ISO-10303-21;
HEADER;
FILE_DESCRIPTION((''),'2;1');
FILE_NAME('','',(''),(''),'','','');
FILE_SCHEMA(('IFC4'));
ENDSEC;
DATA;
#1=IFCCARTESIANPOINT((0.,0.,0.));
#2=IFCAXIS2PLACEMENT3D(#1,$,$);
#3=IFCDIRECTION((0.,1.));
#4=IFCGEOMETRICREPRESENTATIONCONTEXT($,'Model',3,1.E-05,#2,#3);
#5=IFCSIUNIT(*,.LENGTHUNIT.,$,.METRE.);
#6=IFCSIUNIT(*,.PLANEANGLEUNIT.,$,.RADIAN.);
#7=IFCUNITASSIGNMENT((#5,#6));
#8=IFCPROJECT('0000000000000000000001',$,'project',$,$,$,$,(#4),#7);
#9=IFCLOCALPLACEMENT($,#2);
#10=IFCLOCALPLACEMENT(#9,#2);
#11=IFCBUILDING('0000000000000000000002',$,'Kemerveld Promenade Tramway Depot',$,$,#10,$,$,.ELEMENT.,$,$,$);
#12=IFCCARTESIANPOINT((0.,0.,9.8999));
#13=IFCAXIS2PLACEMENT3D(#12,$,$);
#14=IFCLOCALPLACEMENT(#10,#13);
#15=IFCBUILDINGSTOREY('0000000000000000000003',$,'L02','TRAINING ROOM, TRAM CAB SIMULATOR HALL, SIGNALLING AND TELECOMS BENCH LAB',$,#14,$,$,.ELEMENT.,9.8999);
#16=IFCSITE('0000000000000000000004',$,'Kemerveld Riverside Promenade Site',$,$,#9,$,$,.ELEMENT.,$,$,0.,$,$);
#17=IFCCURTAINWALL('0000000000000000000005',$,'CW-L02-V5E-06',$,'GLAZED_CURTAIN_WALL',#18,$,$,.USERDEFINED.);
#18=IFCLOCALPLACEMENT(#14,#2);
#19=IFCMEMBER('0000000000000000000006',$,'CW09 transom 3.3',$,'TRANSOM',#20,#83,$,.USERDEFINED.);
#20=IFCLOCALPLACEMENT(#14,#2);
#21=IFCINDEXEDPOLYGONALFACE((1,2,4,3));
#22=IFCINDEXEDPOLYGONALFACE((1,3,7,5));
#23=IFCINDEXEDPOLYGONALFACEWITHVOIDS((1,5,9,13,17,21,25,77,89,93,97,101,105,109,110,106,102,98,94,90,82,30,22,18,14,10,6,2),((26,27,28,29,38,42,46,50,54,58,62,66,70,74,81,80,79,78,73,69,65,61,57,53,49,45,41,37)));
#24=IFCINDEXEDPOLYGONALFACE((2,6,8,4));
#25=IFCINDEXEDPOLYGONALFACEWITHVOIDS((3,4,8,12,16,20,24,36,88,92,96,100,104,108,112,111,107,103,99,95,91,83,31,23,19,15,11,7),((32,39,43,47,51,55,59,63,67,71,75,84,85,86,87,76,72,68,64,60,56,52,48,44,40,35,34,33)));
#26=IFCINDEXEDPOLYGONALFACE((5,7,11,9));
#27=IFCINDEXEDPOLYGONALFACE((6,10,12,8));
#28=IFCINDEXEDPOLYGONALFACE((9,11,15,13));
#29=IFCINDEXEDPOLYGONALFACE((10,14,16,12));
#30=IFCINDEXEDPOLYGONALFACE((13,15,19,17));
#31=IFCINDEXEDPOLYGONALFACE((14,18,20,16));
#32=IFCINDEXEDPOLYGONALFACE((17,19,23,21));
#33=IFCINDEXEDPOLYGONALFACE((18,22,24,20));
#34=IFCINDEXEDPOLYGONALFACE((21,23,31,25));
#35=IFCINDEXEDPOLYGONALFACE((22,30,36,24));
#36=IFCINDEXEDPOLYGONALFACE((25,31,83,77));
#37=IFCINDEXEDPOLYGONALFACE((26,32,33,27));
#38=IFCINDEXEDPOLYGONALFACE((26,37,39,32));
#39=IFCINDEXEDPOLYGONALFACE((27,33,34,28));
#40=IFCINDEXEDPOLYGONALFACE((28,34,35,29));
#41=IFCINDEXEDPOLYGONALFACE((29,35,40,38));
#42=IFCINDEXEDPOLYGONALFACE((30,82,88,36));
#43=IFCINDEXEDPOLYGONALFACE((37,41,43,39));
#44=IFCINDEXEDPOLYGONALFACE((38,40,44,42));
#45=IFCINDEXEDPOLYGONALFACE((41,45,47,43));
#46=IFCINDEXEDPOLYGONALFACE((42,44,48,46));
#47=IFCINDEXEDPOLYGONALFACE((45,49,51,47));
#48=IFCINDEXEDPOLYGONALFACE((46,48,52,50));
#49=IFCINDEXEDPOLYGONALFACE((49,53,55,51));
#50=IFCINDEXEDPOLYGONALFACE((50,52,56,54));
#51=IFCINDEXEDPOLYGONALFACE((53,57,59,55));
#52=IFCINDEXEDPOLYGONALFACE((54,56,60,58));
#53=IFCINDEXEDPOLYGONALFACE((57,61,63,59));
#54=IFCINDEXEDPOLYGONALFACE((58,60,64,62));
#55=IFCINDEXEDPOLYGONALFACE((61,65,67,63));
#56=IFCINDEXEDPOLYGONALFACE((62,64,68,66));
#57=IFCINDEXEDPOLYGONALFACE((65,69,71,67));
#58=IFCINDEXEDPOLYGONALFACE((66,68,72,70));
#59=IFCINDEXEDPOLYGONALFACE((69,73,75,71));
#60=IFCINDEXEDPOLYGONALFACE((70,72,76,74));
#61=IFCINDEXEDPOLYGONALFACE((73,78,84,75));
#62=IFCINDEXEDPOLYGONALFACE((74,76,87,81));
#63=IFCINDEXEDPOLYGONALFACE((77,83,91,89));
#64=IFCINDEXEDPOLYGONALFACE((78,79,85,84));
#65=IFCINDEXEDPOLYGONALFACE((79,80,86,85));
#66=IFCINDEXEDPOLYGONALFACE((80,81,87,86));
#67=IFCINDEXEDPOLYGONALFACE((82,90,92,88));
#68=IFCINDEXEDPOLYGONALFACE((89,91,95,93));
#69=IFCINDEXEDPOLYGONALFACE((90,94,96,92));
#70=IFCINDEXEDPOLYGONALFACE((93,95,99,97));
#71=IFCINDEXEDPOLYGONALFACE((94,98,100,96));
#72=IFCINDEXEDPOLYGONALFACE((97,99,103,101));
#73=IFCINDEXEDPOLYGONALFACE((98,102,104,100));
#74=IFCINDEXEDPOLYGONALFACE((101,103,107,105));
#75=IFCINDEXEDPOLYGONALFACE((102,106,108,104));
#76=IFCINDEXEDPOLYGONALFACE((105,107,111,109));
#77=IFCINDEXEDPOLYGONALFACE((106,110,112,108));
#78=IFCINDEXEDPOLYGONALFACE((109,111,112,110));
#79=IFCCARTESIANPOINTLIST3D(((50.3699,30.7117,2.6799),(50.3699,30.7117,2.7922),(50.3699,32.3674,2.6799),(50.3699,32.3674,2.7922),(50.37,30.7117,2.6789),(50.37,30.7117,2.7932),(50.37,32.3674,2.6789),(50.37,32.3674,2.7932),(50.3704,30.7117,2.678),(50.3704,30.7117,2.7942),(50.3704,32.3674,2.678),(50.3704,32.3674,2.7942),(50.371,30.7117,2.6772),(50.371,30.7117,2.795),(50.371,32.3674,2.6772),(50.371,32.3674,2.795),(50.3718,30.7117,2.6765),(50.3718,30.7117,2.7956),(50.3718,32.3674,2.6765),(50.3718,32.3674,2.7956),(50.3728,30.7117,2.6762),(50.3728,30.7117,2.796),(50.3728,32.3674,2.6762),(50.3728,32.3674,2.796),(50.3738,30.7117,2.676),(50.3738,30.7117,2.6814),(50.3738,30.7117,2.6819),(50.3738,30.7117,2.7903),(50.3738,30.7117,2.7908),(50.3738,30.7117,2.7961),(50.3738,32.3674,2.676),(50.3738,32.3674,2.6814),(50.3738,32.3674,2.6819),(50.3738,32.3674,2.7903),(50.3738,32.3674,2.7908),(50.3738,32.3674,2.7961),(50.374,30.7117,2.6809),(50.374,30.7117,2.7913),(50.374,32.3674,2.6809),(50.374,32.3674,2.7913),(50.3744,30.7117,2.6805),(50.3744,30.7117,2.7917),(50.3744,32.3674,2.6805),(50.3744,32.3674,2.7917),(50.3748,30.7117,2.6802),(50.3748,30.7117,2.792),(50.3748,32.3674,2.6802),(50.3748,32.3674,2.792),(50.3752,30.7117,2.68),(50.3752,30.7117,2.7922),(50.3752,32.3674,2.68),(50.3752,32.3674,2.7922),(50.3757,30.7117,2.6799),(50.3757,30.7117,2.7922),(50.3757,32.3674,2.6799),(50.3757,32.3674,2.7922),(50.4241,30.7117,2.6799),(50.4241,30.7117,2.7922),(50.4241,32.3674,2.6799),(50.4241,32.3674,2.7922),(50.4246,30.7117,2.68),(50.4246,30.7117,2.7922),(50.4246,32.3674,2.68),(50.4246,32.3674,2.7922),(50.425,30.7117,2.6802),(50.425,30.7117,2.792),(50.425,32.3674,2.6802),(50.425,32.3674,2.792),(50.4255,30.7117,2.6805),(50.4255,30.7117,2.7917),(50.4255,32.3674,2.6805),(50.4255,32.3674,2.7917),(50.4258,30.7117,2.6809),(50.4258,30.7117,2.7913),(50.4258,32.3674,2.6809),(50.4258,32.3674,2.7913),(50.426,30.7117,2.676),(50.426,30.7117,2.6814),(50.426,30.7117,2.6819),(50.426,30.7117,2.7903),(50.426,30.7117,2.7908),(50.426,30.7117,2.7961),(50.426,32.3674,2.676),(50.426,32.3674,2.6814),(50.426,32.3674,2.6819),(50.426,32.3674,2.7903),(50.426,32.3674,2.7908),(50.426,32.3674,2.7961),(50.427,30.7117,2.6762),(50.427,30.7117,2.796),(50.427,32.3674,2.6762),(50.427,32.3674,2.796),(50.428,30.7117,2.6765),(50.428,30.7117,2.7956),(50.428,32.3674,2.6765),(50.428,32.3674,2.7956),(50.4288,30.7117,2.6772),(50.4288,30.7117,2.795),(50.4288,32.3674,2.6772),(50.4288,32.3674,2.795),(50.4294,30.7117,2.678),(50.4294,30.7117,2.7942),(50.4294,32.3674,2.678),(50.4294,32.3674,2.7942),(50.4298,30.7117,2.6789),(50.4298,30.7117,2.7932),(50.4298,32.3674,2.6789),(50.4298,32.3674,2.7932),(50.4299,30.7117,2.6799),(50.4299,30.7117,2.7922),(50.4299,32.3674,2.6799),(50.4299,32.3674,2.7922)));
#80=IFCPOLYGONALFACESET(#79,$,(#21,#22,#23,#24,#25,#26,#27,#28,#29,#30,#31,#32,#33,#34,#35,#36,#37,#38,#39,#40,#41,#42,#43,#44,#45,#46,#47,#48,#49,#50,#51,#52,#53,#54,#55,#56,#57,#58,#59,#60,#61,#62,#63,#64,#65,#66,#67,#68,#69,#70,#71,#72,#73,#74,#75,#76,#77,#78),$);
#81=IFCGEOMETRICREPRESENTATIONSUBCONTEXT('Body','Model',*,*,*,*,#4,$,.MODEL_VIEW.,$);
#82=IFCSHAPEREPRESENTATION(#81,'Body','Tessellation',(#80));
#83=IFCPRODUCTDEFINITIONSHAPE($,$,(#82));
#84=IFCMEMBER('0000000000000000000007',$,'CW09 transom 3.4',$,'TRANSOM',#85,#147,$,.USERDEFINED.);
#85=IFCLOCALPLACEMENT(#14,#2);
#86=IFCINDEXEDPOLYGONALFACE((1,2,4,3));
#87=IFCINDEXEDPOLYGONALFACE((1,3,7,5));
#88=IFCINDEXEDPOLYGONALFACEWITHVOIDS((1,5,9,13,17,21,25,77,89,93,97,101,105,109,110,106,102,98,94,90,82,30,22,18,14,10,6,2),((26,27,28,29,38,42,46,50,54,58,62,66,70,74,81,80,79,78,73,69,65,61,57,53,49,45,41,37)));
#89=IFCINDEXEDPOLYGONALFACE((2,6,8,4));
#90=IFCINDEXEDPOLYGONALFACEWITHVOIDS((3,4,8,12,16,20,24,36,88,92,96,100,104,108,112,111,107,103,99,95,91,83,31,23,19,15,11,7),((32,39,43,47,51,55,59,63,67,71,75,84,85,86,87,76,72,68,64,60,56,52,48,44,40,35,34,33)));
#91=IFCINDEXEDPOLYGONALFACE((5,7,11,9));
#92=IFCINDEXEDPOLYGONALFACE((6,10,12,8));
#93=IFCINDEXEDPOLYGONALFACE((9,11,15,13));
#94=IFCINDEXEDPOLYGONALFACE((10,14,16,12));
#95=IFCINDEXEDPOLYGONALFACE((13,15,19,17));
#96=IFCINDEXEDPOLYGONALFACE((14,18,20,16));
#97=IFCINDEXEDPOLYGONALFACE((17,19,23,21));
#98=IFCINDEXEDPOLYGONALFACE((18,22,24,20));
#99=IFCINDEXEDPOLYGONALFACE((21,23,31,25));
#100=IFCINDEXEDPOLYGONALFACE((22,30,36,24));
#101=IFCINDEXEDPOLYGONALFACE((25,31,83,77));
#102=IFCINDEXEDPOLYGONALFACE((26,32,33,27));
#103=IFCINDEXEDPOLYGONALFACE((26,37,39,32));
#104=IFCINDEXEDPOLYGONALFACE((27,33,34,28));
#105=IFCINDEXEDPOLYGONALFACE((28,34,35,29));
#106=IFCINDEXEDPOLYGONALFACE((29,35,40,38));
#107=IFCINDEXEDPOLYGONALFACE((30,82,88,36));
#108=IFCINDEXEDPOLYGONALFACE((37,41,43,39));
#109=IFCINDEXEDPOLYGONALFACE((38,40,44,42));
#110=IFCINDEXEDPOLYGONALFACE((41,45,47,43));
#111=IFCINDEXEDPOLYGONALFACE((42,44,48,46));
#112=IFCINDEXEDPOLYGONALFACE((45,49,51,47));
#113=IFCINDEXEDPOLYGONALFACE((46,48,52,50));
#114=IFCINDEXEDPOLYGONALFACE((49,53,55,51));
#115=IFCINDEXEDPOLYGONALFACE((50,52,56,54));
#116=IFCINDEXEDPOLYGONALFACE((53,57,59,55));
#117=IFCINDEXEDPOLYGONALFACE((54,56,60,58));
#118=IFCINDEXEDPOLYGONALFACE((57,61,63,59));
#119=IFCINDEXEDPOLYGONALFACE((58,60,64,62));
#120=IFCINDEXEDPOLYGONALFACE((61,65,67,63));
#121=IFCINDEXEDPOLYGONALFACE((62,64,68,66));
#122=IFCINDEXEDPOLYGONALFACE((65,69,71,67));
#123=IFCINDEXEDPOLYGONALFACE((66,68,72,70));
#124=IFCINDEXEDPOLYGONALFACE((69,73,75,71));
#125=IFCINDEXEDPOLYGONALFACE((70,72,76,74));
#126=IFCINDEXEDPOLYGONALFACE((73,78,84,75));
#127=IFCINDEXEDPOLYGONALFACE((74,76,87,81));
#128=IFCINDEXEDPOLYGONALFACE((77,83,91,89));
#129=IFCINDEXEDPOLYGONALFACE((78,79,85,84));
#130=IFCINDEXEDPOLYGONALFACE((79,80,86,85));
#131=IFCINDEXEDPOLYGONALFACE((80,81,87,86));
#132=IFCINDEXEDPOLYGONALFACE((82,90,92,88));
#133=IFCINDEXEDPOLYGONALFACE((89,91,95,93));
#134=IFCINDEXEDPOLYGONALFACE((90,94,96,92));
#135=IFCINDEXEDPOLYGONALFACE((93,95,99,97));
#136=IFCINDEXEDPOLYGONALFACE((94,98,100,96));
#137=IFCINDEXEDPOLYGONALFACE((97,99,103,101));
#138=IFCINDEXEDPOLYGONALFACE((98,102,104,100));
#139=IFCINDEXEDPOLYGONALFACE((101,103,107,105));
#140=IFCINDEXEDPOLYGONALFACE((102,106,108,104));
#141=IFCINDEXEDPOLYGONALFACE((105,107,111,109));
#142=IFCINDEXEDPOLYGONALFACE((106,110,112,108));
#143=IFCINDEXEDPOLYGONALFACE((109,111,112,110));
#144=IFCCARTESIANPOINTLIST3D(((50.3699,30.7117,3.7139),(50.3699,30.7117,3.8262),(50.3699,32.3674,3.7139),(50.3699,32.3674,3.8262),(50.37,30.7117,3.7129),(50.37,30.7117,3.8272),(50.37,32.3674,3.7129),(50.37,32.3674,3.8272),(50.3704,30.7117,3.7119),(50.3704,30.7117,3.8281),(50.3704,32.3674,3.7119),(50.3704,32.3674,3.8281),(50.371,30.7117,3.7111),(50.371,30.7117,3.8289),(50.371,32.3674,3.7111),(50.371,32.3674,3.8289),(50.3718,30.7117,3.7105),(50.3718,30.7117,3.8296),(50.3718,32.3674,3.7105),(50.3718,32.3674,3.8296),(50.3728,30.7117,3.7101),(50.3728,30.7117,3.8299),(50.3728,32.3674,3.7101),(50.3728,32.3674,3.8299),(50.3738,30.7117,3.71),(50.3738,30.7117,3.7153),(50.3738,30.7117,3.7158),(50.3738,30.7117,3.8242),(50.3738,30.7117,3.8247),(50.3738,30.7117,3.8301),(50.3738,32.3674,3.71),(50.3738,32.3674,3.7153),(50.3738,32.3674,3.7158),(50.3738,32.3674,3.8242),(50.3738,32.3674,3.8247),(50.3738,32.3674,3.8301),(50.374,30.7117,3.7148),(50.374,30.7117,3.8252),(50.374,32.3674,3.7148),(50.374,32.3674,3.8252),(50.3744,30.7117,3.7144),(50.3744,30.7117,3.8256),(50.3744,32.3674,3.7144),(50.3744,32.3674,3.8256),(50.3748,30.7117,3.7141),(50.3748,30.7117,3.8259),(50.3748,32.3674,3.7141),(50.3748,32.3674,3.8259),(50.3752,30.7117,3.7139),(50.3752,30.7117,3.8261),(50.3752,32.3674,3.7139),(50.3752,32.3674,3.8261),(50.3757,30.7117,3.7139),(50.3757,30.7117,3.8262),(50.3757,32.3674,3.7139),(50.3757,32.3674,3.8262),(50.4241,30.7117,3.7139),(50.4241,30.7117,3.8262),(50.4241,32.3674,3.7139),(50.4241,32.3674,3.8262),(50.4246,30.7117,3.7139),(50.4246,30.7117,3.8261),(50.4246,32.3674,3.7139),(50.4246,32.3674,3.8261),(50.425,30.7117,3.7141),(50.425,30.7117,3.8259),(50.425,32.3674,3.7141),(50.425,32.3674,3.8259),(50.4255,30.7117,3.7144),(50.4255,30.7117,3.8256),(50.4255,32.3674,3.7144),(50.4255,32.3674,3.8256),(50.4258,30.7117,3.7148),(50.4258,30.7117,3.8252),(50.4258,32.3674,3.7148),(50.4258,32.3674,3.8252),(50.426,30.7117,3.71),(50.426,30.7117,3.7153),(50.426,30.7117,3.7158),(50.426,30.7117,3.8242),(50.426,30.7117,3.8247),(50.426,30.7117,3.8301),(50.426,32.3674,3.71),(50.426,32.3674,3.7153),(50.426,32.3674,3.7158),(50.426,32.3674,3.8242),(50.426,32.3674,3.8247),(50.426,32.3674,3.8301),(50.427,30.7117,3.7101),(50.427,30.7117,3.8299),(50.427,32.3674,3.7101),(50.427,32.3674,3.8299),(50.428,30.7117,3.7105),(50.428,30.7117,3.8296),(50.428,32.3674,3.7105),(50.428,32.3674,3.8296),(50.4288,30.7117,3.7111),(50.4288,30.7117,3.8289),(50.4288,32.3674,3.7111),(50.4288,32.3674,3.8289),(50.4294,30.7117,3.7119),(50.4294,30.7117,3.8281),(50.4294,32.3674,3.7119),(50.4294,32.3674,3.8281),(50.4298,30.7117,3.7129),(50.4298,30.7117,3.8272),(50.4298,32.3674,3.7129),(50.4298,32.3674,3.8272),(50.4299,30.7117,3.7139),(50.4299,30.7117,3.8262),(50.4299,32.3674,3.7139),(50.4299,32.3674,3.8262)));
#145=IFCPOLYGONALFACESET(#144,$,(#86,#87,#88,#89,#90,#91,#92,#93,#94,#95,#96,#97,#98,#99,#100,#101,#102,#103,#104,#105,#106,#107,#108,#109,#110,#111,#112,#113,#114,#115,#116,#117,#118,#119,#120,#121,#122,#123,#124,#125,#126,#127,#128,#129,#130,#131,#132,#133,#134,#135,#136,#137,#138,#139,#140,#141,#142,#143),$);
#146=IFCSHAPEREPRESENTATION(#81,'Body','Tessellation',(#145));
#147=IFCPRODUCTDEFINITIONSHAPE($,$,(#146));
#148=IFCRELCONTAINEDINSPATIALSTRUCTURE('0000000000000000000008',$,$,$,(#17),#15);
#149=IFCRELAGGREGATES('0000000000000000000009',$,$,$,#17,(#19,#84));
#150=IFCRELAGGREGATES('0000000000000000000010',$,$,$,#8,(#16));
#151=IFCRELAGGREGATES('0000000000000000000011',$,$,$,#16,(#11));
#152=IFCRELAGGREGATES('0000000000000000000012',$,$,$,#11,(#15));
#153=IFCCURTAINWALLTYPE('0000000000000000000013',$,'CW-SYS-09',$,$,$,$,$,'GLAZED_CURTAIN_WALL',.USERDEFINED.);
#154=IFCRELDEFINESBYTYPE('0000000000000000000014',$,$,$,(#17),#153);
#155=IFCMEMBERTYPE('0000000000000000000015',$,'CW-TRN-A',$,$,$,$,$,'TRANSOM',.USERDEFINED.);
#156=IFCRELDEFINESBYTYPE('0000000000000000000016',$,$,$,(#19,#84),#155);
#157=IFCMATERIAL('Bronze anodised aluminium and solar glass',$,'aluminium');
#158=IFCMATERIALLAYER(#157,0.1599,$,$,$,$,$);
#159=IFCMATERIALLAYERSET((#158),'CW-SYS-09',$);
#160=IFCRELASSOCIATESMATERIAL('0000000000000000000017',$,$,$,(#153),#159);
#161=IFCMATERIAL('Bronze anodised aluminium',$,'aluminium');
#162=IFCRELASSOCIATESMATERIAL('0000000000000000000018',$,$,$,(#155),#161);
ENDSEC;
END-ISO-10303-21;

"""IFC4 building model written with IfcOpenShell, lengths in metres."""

from ifc_helpers import new_model, si_unit, direction, frame, origin, origin_2d, place, context, subcontext, project, spatial, hollow_rectangle, extrude, material, layer, layer_set, material_profile, profile_set, type_object, element, aggregate, save


model = new_model("IFC4")

# Units and contexts
model_context = context("Model", 3, precision=1e-05, world=origin(), true_north=direction((0.0, 1.0)))
body_context = subcontext(model_context, "Body", "Model", "MODEL_VIEW")
ifc_project = project(units=[si_unit("LENGTHUNIT", "METRE"), si_unit("PLANEANGLEUNIT", "RADIAN")], contexts=[model_context])

# Site, building, storey
site_placement = place(None, origin())
site = spatial("IfcSite", under=ifc_project, at=site_placement, Name="Kemerveld Riverside Promenade Site", CompositionType="ELEMENT", RefElevation=0.0)
building_placement = place(site_placement, origin())
building = spatial("IfcBuilding", under=site, at=building_placement, Name="Kemerveld Promenade Tramway Depot", CompositionType="ELEMENT")
storey_placement = place(building_placement, frame((0.0, 0.0, 9.8999)))
storey = spatial("IfcBuildingStorey", under=building, at=storey_placement, Name="L02", Description="TRAINING ROOM, TRAM CAB SIMULATOR HALL, SIGNALLING AND TELECOMS BENCH LAB", CompositionType="ELEMENT", Elevation=9.8999)

# Curtain wall, members
ifc_material_1 = material(Name="Bronze anodised aluminium and solar glass", Category="aluminium")
ifc_layer_1 = layer(ifc_material_1, 0.1599)
ifc_layer_set_1 = layer_set([ifc_layer_1], Name="CW-SYS-09")
curtain_wall_type = type_object("IfcCurtainWallType", Name="CW-SYS-09", ElementType="GLAZED_CURTAIN_WALL", PredefinedType="USERDEFINED", material=ifc_layer_set_1)
curtain_wall_placement = place(storey_placement, origin())
curtain_wall = element("IfcCurtainWall", 1, at=curtain_wall_placement, inside=storey, type_object=curtain_wall_type, Name="CW-L02-V5E-06", ObjectType="GLAZED_CURTAIN_WALL", PredefinedType="USERDEFINED")
ifc_material_2 = material(Name="Bronze anodised aluminium", Category="aluminium")
ifc_material_profile_1 = material_profile(ifc_material_2, hollow_rectangle(XDim=0.0601, YDim=0.1201, WallThickness=0.0039, InnerFilletRadius=0.002, OuterFilletRadius=0.0039, at=origin_2d()), Name="CW-TRN-120x60")
ifc_profile_set_1 = profile_set([ifc_material_profile_1], Name="Bronze anodised aluminium")
member_type_1 = type_object("IfcMemberType", Name="CW-TRN-A", ElementType="TRANSOM", PredefinedType="USERDEFINED", material=ifc_profile_set_1)
member_1_placement = place(storey_placement, frame((50.3999, 32.3674, 2.7361), z_axis=(0.0, -1.0, 0.0), x_axis=(1.0, 0.0, 0.0)))
member_1 = element("IfcMember", 2, at=member_1_placement, type_object=member_type_1, Name="CW09 transom 3.3", ObjectType="TRANSOM", PredefinedType="USERDEFINED", context=body_context, shape_type="SweptSolid", body=[
    extrude(hollow_rectangle(XDim=0.0601, YDim=0.1201, WallThickness=0.0039, InnerFilletRadius=0.002, OuterFilletRadius=0.0039, at=origin_2d()), origin(), (0.0, 0.0, 1.0), 1.6558),
])
member_2_placement = place(storey_placement, frame((50.3999, 32.3674, 3.77), z_axis=(0.0, -1.0, 0.0), x_axis=(1.0, 0.0, 0.0)))
member_2 = element("IfcMember", 3, at=member_2_placement, type_object=member_type_1, Name="CW09 transom 3.4", ObjectType="TRANSOM", PredefinedType="USERDEFINED", context=body_context, shape_type="SweptSolid", body=[
    extrude(hollow_rectangle(XDim=0.0601, YDim=0.1201, WallThickness=0.0039, InnerFilletRadius=0.002, OuterFilletRadius=0.0039, at=origin_2d()), origin(), (0.0, 0.0, 1.0), 1.6558),
])
aggregate(curtain_wall, [member_1, member_2])

save(model, "model.ifc")
